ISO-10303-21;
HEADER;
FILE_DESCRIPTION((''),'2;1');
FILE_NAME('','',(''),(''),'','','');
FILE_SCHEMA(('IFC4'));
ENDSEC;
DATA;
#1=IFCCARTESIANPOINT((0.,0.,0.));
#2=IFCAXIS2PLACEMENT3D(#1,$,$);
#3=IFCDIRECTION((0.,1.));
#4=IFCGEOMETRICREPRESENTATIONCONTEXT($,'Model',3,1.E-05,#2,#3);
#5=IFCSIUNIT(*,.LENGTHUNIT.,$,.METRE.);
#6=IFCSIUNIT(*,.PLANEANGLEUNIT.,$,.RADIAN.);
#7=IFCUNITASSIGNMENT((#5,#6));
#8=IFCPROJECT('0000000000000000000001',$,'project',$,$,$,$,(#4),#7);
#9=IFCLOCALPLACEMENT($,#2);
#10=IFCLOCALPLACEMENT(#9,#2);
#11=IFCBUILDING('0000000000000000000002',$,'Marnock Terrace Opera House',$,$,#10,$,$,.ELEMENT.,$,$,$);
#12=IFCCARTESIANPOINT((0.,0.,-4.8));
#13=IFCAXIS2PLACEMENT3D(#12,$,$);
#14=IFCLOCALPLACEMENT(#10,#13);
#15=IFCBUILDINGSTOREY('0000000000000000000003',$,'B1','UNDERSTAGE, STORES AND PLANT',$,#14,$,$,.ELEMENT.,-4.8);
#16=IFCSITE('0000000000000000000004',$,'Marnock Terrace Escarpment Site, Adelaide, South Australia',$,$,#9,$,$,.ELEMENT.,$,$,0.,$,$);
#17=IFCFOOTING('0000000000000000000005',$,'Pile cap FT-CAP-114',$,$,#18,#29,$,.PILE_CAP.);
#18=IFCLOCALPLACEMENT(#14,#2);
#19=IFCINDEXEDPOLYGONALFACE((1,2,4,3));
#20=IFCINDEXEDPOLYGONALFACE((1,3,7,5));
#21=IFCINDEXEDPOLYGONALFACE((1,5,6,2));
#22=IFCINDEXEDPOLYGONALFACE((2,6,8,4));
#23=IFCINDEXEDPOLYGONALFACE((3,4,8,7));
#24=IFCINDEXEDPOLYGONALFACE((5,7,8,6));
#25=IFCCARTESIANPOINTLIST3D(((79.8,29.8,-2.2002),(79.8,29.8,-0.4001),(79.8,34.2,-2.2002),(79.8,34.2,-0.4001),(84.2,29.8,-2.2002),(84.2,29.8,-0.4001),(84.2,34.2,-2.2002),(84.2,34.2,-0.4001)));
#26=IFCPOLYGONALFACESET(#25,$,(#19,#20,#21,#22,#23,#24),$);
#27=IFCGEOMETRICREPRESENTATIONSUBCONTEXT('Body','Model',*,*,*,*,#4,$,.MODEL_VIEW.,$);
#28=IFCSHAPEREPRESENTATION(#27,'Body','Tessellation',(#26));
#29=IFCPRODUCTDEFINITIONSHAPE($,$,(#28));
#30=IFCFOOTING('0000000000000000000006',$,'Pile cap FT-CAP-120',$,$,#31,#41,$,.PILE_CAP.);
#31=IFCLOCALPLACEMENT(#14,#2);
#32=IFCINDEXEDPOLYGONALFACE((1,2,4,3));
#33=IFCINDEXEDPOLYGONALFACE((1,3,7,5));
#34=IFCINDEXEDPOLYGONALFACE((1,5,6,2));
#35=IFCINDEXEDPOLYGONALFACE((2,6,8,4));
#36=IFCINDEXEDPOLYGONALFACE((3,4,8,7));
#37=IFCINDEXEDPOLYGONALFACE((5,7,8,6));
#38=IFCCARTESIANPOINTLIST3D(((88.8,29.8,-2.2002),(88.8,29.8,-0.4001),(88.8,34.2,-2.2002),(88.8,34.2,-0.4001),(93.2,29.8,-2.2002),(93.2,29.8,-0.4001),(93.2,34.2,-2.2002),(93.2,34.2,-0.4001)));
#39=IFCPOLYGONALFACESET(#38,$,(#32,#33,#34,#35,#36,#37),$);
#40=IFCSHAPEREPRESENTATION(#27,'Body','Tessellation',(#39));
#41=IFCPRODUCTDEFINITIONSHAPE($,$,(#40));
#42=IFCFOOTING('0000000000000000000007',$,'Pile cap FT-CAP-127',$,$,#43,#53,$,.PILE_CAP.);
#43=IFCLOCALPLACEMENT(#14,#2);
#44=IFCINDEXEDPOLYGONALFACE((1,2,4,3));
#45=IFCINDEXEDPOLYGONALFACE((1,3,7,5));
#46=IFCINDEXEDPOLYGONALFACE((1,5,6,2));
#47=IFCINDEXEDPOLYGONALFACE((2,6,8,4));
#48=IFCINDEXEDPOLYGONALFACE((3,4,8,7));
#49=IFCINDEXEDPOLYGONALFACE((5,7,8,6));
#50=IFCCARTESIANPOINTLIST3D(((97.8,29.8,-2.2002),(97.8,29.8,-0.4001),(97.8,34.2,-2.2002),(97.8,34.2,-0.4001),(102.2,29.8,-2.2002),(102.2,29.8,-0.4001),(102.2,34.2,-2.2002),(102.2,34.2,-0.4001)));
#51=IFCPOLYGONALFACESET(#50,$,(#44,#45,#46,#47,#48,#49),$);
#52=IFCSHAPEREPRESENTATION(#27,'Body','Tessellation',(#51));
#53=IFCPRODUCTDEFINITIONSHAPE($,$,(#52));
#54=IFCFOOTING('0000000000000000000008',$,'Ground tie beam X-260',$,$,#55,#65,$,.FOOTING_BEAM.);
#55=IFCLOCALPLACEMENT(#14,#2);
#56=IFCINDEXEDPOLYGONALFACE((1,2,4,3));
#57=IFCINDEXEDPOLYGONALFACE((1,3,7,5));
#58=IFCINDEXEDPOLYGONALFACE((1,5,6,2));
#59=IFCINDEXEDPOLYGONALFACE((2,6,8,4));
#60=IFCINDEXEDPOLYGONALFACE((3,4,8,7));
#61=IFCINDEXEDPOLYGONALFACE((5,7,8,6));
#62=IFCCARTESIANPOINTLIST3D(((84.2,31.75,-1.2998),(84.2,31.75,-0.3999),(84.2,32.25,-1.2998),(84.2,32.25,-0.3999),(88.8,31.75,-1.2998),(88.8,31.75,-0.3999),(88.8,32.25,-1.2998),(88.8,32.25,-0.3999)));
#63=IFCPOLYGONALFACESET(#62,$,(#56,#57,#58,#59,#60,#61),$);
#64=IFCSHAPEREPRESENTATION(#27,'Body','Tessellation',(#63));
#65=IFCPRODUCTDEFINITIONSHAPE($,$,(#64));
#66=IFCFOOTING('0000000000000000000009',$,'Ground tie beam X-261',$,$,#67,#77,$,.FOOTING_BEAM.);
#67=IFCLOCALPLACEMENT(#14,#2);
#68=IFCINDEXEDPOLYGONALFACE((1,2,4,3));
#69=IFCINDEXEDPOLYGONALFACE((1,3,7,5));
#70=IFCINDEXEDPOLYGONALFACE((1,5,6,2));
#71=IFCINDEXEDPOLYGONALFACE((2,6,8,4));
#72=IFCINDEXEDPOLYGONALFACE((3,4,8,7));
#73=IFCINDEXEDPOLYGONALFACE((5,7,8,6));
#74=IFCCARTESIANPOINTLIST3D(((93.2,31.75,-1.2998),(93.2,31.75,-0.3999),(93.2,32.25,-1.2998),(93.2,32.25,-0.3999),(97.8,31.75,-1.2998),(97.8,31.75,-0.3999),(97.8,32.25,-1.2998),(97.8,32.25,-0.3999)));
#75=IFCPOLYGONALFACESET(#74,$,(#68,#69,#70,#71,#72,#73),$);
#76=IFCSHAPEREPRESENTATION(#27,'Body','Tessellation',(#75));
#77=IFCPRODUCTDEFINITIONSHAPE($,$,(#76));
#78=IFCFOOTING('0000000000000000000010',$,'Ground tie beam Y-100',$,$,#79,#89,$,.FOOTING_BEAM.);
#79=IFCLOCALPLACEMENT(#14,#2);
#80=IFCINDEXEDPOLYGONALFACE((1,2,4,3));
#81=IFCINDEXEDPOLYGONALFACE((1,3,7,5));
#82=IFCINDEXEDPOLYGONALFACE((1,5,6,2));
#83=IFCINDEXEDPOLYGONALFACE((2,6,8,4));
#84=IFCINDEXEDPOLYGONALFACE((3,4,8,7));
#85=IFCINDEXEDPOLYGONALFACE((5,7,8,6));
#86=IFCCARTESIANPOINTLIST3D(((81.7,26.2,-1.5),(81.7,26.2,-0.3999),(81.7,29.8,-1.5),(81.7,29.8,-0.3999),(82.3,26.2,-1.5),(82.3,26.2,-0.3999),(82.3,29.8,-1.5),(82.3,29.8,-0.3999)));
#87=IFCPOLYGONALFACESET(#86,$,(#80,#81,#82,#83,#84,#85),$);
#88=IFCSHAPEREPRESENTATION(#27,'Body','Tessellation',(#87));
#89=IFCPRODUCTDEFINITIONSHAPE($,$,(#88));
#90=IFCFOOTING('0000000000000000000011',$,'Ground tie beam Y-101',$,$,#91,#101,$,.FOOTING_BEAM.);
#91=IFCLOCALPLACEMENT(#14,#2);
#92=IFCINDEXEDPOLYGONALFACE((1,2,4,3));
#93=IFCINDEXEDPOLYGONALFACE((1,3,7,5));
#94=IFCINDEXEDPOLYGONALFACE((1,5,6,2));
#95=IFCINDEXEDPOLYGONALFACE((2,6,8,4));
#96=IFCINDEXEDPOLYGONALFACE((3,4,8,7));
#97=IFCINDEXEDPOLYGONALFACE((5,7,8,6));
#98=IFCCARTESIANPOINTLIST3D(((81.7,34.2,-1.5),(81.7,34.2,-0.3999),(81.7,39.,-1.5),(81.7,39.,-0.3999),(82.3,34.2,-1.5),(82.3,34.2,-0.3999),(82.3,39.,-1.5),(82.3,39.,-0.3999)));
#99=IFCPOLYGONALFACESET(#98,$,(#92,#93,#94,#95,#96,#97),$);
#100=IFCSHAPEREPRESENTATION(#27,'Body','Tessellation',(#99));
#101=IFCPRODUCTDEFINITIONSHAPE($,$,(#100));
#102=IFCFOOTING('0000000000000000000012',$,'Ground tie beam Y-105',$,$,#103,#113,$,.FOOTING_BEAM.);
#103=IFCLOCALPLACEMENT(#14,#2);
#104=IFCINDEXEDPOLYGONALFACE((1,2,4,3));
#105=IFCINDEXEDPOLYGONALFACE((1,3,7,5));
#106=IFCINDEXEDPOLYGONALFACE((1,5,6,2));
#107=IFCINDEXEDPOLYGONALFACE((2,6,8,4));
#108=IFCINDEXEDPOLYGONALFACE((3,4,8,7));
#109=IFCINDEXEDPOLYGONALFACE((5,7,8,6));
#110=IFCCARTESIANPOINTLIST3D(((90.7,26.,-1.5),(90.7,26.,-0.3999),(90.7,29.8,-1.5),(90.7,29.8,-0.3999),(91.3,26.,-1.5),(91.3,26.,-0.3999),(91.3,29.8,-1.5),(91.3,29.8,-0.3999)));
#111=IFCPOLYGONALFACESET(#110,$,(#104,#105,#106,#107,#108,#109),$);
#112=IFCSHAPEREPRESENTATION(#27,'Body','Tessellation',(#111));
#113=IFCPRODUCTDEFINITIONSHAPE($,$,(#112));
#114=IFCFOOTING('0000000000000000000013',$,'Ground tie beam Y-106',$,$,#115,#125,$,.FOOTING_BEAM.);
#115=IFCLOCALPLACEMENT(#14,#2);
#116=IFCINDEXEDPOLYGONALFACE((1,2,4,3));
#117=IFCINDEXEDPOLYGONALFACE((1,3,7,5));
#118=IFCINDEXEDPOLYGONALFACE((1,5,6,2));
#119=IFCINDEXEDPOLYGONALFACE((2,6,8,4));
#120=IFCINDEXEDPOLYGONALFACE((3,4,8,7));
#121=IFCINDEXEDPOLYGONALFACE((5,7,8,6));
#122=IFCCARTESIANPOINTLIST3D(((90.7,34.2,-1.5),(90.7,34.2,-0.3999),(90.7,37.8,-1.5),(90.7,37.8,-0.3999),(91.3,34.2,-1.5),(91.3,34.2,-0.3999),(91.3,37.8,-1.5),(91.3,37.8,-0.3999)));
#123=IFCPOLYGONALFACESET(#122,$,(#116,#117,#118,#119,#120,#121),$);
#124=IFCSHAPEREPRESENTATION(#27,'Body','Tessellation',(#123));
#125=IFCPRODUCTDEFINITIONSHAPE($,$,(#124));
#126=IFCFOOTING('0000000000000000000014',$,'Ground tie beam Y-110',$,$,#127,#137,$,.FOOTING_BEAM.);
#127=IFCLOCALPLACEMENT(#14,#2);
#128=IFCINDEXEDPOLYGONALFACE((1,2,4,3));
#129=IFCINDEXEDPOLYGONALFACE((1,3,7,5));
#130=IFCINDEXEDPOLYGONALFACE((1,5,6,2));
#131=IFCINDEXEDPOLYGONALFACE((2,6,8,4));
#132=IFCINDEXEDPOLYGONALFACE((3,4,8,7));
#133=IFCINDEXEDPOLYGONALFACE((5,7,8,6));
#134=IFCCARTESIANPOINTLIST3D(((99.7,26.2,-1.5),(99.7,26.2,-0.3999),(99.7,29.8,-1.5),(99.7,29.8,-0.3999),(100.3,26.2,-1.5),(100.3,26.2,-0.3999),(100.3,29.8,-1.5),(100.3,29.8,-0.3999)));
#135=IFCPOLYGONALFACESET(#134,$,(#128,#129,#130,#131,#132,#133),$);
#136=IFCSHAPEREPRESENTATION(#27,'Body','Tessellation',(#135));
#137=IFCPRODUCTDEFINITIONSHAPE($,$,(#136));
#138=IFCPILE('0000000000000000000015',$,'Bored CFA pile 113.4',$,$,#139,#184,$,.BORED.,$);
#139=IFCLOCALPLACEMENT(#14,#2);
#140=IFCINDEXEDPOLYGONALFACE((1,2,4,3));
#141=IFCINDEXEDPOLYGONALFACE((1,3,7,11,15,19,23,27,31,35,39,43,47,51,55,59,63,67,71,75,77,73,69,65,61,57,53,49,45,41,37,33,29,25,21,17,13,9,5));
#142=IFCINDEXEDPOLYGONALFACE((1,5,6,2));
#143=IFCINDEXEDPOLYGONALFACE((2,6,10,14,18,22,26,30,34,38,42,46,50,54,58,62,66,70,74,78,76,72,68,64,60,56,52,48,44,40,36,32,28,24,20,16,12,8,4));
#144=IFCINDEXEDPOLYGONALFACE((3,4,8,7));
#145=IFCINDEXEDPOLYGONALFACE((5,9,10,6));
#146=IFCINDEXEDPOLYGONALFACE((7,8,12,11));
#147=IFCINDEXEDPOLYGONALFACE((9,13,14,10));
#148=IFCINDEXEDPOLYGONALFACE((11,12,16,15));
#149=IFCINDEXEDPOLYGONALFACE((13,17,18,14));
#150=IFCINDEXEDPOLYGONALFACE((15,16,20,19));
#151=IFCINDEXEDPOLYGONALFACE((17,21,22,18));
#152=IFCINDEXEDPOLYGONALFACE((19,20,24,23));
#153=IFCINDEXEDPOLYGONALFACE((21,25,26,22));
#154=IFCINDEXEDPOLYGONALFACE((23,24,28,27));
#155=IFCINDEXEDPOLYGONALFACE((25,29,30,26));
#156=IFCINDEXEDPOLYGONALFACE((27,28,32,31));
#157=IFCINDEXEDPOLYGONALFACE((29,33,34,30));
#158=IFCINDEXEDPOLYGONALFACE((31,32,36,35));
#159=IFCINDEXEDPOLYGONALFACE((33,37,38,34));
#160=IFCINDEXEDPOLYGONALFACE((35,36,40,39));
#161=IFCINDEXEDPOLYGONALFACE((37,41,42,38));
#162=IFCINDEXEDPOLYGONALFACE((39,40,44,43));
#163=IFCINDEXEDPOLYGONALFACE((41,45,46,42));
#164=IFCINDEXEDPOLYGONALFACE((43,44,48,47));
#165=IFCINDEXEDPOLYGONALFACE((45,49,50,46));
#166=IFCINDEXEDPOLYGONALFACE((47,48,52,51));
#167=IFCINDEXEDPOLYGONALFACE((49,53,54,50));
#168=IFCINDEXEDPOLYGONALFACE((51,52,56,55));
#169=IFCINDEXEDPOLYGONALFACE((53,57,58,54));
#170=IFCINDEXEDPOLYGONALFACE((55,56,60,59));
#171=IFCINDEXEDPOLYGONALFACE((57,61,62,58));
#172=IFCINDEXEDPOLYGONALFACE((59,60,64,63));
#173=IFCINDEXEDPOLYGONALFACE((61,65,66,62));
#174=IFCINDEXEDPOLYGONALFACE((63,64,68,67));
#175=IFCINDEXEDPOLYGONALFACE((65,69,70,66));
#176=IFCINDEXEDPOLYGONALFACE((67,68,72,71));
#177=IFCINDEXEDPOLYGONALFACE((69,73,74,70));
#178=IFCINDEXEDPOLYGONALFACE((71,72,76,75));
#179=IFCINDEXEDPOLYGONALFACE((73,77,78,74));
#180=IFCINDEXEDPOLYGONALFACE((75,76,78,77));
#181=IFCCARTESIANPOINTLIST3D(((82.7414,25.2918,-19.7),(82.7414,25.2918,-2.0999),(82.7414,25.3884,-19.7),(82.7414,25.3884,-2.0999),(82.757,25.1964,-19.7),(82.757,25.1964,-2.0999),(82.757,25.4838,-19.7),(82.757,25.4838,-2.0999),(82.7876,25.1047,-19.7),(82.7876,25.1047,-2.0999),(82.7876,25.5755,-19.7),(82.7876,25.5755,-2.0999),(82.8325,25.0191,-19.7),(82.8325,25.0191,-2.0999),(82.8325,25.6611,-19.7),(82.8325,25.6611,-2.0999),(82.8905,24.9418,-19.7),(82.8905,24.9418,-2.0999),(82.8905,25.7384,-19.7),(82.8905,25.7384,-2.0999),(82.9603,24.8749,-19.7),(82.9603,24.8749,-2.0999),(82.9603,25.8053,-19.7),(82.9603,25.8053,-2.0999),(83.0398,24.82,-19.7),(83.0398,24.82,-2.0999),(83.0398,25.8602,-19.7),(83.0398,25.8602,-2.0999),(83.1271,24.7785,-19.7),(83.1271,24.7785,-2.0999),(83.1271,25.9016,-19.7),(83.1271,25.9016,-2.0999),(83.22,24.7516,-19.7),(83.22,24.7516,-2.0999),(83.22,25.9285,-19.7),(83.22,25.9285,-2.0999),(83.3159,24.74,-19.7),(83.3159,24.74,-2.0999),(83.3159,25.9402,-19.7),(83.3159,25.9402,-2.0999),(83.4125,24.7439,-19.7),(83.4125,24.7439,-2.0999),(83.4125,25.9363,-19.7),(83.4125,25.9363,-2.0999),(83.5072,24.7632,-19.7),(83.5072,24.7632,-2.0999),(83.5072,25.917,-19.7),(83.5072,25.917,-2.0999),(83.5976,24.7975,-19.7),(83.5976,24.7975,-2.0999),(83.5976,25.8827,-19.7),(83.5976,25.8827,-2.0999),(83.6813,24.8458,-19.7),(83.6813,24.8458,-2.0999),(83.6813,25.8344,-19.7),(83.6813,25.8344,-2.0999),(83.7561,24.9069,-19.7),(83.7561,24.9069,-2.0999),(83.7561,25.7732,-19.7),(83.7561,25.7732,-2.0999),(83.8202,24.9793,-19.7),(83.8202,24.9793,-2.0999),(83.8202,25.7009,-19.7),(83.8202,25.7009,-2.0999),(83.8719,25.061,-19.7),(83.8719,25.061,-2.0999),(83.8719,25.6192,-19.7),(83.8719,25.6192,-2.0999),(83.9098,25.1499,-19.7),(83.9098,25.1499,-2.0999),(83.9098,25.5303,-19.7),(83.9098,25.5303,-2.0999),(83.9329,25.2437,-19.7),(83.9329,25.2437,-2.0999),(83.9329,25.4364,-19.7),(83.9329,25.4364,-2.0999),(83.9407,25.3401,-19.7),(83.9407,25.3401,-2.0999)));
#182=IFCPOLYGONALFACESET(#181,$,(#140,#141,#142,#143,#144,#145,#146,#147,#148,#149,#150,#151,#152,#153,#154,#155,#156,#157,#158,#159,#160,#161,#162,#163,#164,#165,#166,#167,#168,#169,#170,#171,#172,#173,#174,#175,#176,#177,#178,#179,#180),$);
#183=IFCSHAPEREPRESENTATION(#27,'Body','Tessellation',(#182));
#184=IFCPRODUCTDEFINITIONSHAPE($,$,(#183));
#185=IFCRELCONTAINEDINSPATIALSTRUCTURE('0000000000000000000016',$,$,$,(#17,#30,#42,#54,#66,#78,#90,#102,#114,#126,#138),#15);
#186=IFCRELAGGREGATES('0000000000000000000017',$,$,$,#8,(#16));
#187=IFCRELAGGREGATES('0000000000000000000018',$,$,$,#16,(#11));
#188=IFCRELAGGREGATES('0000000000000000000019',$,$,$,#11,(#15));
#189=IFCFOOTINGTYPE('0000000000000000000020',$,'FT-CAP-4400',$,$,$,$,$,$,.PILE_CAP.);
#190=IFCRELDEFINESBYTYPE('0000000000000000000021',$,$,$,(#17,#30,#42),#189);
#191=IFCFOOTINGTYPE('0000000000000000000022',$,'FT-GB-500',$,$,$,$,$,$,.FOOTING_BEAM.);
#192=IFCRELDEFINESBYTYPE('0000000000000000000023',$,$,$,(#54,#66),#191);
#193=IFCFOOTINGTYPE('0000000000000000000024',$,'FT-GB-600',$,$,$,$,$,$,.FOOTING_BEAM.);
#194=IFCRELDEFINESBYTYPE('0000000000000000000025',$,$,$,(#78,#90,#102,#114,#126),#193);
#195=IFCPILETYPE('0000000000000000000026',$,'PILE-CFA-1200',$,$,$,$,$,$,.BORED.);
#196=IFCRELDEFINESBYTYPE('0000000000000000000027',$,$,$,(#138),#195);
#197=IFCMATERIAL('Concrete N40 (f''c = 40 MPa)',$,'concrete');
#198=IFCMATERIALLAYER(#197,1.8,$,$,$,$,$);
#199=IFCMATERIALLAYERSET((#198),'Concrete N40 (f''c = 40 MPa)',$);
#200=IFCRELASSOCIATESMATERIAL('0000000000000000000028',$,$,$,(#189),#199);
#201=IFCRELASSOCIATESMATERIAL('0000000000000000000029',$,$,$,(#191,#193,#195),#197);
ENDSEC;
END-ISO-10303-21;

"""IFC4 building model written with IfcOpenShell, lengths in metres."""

from ifc_helpers import new_model, si_unit, direction, frame, origin, origin_2d, place, context, subcontext, project, spatial, rectangle, circle, extrude, material, layer, layer_set, material_profile, profile_set, type_object, element, save


model = new_model("IFC4")

# Units and contexts
model_context = context("Model", 3, precision=1e-05, world=origin(), true_north=direction((0.0, 1.0)))
body_context = subcontext(model_context, "Body", "Model", "MODEL_VIEW")
ifc_project = project(units=[si_unit("LENGTHUNIT", "METRE"), si_unit("PLANEANGLEUNIT", "RADIAN")], contexts=[model_context])

# Site, building, storey
site_placement = place(None, origin())
site = spatial("IfcSite", under=ifc_project, at=site_placement, Name="Marnock Terrace Escarpment Site, Adelaide, South Australia", CompositionType="ELEMENT", RefElevation=0.0)
building_placement = place(site_placement, origin())
building = spatial("IfcBuilding", under=site, at=building_placement, Name="Marnock Terrace Opera House", CompositionType="ELEMENT")
storey_placement = place(building_placement, frame((0.0, 0.0, -4.8)))
storey = spatial("IfcBuildingStorey", under=building, at=storey_placement, Name="B1", Description="UNDERSTAGE, STORES AND PLANT", CompositionType="ELEMENT", Elevation=-4.8)

# Footings
ifc_material_1 = material(Name="Concrete N40 (f'c = 40 MPa)", Category="concrete")
ifc_layer = layer(ifc_material_1, 1.8)
ifc_layer_set = layer_set([ifc_layer], Name="Concrete N40 (f'c = 40 MPa)")
footing_type_1 = type_object("IfcFootingType", Name="FT-CAP-4400", PredefinedType="PILE_CAP", material=ifc_layer_set)
for number, where, z_axis, x_axis, name in (
    (1, (82.0, 32.0, -2.2002), (0.0, 0.0, 1.0), (1.0, 0.0, 0.0), "Pile cap FT-CAP-114"),
    (2, (91.0, 32.0, -2.2002), (0.0, 0.0, 1.0), (1.0, 0.0, 0.0), "Pile cap FT-CAP-120"),
    (3, (100.0, 32.0, -2.2002), (0.0, 0.0, 1.0), (1.0, 0.0, 0.0), "Pile cap FT-CAP-127"),
):
    element("IfcFooting", number, at=place(storey_placement, frame(where, z_axis=z_axis, x_axis=x_axis)), inside=storey, type_object=footing_type_1, Name=name, PredefinedType="PILE_CAP", context=body_context, shape_type="SweptSolid", body=[
        extrude(rectangle(XDim=4.3999, YDim=4.3999, at=origin_2d()), origin(), (0.0, 0.0, 1.0), 1.8),
    ])
ifc_material_profile_1 = material_profile(ifc_material_1, rectangle(XDim=0.5, YDim=0.8999, at=origin_2d()))
ifc_profile_set_1 = profile_set([ifc_material_profile_1], Name="Concrete N40 (f'c = 40 MPa)")
footing_type_2 = type_object("IfcFootingType", Name="FT-GB-500", PredefinedType="FOOTING_BEAM", material=ifc_profile_set_1)
for number, where, z_axis, x_axis, name in (
    (4, (84.2, 32.0, -0.8499), (1.0, 0.0, 0.0), (0.0, 1.0, 0.0), "Ground tie beam X-260"),
    (5, (93.2, 32.0, -0.8499), (1.0, 0.0, 0.0), (0.0, 1.0, 0.0), "Ground tie beam X-261"),
):
    element("IfcFooting", number, at=place(storey_placement, frame(where, z_axis=z_axis, x_axis=x_axis)), inside=storey, type_object=footing_type_2, Name=name, PredefinedType="FOOTING_BEAM", context=body_context, shape_type="SweptSolid", body=[
        extrude(rectangle(XDim=0.5, YDim=0.8999, at=origin_2d()), origin(), (0.0, 0.0, 1.0), 4.6001),
    ])
ifc_material_profile_2 = material_profile(ifc_material_1, rectangle(XDim=0.6001, YDim=1.1001, at=origin_2d()))
ifc_profile_set_2 = profile_set([ifc_material_profile_2], Name="Concrete N40 (f'c = 40 MPa)")
footing_type_3 = type_object("IfcFootingType", Name="FT-GB-600", PredefinedType="FOOTING_BEAM", material=ifc_profile_set_2)
footing_1_placement = place(storey_placement, frame((82.0, 26.2, -0.95), z_axis=(0.0, 1.0, 0.0), x_axis=(-1.0, 0.0, 0.0)))
element("IfcFooting", 6, at=footing_1_placement, inside=storey, type_object=footing_type_3, Name="Ground tie beam Y-100", PredefinedType="FOOTING_BEAM", context=body_context, shape_type="SweptSolid", body=[
    extrude(rectangle(XDim=0.6001, YDim=1.1001, at=origin_2d()), origin(), (0.0, 0.0, 1.0), 3.6001),
])
footing_2_placement = place(storey_placement, frame((82.0, 34.2, -0.95), z_axis=(0.0, 1.0, 0.0), x_axis=(-1.0, 0.0, 0.0)))
element("IfcFooting", 7, at=footing_2_placement, inside=storey, type_object=footing_type_3, Name="Ground tie beam Y-101", PredefinedType="FOOTING_BEAM", context=body_context, shape_type="SweptSolid", body=[
    extrude(rectangle(XDim=0.6001, YDim=1.1001, at=origin_2d()), origin(), (0.0, 0.0, 1.0), 4.8),
])
footing_3_placement = place(storey_placement, frame((91.0, 26.0, -0.95), z_axis=(0.0, 1.0, 0.0), x_axis=(-1.0, 0.0, 0.0)))
element("IfcFooting", 8, at=footing_3_placement, inside=storey, type_object=footing_type_3, Name="Ground tie beam Y-105", PredefinedType="FOOTING_BEAM", context=body_context, shape_type="SweptSolid", body=[
    extrude(rectangle(XDim=0.6001, YDim=1.1001, at=origin_2d()), origin(), (0.0, 0.0, 1.0), 3.8),
])
for number, where, z_axis, x_axis, name in (
    (9, (91.0, 34.2, -0.95), (0.0, 1.0, 0.0), (-1.0, 0.0, 0.0), "Ground tie beam Y-106"),
    (10, (100.0, 26.2, -0.95), (0.0, 1.0, 0.0), (-1.0, 0.0, 0.0), "Ground tie beam Y-110"),
):
    element("IfcFooting", number, at=place(storey_placement, frame(where, z_axis=z_axis, x_axis=x_axis)), inside=storey, type_object=footing_type_3, Name=name, PredefinedType="FOOTING_BEAM", context=body_context, shape_type="SweptSolid", body=[
        extrude(rectangle(XDim=0.6001, YDim=1.1001, at=origin_2d()), origin(), (0.0, 0.0, 1.0), 3.6001),
    ])

# Pile
ifc_material_profile_3 = material_profile(ifc_material_1, circle(Radius=0.6006, at=origin_2d()))
ifc_profile_set_3 = profile_set([ifc_material_profile_3], Name="Concrete N40 (f'c = 40 MPa)")
pile_type = type_object("IfcPileType", Name="PILE-CFA-1200", PredefinedType="BORED", material=ifc_profile_set_3)
for number, where, z_axis, x_axis, name in (
    (11, (83.3401, 25.3401, -2.0999), (0.0, 0.0, -1.0), (1.0, 0.0, 0.0), "Bored CFA pile 113.4"),
):
    element("IfcPile", number, at=place(storey_placement, frame(where, z_axis=z_axis, x_axis=x_axis)), inside=storey, type_object=pile_type, Name=name, PredefinedType="BORED", context=body_context, shape_type="SweptSolid", body=[
        extrude(circle(Radius=0.6006, at=origin_2d()), origin(), (0.0, 0.0, 1.0), 17.6001),
    ])

save(model, "model.ifc")
